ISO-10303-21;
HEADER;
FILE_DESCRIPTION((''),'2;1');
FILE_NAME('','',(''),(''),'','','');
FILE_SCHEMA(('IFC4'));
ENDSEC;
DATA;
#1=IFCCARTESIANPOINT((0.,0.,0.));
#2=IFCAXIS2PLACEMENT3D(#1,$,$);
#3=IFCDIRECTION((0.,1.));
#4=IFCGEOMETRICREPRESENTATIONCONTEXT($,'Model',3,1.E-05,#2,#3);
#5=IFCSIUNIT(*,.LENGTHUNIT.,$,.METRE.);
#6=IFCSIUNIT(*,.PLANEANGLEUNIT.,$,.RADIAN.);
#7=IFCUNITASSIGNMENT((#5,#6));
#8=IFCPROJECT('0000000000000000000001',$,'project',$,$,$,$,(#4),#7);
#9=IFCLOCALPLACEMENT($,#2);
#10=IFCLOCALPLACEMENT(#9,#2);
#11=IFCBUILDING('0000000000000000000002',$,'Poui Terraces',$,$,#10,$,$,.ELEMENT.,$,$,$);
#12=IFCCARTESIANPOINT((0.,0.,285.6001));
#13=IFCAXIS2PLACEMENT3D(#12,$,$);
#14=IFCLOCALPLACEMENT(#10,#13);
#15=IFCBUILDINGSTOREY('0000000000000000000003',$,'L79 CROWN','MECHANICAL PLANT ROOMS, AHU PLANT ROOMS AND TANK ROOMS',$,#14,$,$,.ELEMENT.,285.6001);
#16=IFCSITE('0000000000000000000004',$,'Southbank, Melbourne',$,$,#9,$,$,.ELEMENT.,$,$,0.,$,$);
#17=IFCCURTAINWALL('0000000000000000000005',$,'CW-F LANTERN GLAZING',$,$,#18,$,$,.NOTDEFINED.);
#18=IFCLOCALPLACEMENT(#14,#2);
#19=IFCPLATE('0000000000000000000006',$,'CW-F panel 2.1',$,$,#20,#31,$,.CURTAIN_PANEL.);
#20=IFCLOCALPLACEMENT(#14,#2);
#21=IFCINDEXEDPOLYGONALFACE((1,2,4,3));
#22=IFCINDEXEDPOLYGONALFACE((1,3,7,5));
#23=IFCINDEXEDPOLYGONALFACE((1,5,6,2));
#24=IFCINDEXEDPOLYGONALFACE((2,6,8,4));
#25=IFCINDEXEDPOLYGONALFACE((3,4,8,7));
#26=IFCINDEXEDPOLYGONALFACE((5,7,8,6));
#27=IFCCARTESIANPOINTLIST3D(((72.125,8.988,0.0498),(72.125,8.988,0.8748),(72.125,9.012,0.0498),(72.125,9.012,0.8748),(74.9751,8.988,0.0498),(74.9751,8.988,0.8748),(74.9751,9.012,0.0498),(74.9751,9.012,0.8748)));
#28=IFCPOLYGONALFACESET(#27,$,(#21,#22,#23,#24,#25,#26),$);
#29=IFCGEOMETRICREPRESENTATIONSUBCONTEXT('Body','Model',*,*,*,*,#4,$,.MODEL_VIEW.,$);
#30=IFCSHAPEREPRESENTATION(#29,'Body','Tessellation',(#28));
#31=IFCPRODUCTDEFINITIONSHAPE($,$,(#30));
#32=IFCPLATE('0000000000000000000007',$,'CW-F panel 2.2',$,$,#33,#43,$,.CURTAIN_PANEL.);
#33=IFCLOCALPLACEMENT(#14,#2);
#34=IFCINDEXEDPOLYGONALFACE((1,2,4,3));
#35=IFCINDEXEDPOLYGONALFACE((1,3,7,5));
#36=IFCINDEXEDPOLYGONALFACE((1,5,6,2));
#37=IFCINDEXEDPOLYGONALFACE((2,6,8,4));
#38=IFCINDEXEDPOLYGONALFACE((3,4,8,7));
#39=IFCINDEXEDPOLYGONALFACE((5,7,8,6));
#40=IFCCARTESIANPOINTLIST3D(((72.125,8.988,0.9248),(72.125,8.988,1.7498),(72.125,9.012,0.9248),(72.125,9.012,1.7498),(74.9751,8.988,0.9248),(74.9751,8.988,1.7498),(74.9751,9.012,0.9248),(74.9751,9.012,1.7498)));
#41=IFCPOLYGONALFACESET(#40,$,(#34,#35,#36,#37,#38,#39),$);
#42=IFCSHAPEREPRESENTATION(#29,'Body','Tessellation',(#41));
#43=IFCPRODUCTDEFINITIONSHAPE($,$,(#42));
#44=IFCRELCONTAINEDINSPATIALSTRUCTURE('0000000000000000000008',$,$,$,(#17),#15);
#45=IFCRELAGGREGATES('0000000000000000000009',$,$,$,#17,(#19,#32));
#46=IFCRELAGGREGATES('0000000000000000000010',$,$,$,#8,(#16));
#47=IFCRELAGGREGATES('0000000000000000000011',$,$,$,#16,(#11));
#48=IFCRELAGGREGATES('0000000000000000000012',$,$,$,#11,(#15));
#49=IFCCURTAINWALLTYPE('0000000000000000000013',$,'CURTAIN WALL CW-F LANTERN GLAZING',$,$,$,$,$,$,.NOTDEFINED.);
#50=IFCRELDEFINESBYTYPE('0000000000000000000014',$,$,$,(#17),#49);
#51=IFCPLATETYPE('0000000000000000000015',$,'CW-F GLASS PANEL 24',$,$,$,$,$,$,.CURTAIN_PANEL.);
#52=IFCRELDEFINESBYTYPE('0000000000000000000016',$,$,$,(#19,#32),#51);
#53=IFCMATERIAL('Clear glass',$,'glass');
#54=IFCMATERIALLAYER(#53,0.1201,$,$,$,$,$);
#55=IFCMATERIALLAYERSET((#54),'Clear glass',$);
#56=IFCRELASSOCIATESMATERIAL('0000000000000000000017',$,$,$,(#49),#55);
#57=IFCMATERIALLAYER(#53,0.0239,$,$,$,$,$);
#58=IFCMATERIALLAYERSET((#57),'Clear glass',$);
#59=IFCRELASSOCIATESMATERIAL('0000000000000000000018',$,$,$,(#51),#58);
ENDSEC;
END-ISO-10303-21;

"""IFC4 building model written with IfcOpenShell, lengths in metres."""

from ifc_helpers import new_model, si_unit, direction, frame, origin, origin_2d, place, context, subcontext, project, spatial, rectangle, extrude, material, layer, layer_set, type_object, element, aggregate, save


model = new_model("IFC4")

# Units and contexts
model_context = context("Model", 3, precision=1e-05, world=origin(), true_north=direction((0.0, 1.0)))
body_context = subcontext(model_context, "Body", "Model", "MODEL_VIEW")
ifc_project = project(units=[si_unit("LENGTHUNIT", "METRE"), si_unit("PLANEANGLEUNIT", "RADIAN")], contexts=[model_context])

# Site, building, storey
site_placement = place(None, origin())
site = spatial("IfcSite", under=ifc_project, at=site_placement, Name="Southbank, Melbourne", CompositionType="ELEMENT", RefElevation=0.0)
building_placement = place(site_placement, origin())
building = spatial("IfcBuilding", under=site, at=building_placement, Name="Poui Terraces", CompositionType="ELEMENT")
storey_placement = place(building_placement, frame((0.0, 0.0, 285.6001)))
storey = spatial("IfcBuildingStorey", under=building, at=storey_placement, Name="L79 CROWN", Description="MECHANICAL PLANT ROOMS, AHU PLANT ROOMS AND TANK ROOMS", CompositionType="ELEMENT", Elevation=285.6001)

# Shared definitions
ifc_material_1 = material(Name="Clear glass", Category="glass")
ifc_layer_1 = layer(ifc_material_1, 0.1201)
ifc_layer_set_1 = layer_set([ifc_layer_1], Name="Clear glass")
curtain_wall_type = type_object("IfcCurtainWallType", Name="CURTAIN WALL CW-F LANTERN GLAZING", PredefinedType="NOTDEFINED", material=ifc_layer_set_1)

# Curtain wall
curtain_wall_1_placement = place(storey_placement, origin())
curtain_wall_1 = element("IfcCurtainWall", 1, at=curtain_wall_1_placement, inside=storey, type_object=curtain_wall_type, Name="CW-F LANTERN GLAZING", PredefinedType="NOTDEFINED")

# Plates
ifc_layer_2 = layer(ifc_material_1, 0.0239)
ifc_layer_set_2 = layer_set([ifc_layer_2], Name="Clear glass")
plate_type = type_object("IfcPlateType", Name="CW-F GLASS PANEL 24", PredefinedType="CURTAIN_PANEL", material=ifc_layer_set_2)
plate_1_placement = place(storey_placement, frame((73.55, 9.0, 0.0498), z_axis=(0.0, 0.0, 1.0), x_axis=(-1.0, 0.0, 0.0)))
plate_1 = element("IfcPlate", 2, at=plate_1_placement, type_object=plate_type, Name="CW-F panel 2.1", PredefinedType="CURTAIN_PANEL", context=body_context, shape_type="SweptSolid", body=[
    extrude(rectangle(XDim=2.8501, YDim=0.0239, at=origin_2d()), origin(), (0.0, 0.0, 1.0), 0.825),
])
plate_2_placement = place(storey_placement, frame((73.55, 9.0, 0.9248), z_axis=(0.0, 0.0, 1.0), x_axis=(-1.0, 0.0, 0.0)))
plate_2 = element("IfcPlate", 3, at=plate_2_placement, type_object=plate_type, Name="CW-F panel 2.2", PredefinedType="CURTAIN_PANEL", context=body_context, shape_type="SweptSolid", body=[
    extrude(rectangle(XDim=2.8501, YDim=0.0239, at=origin_2d()), origin(), (0.0, 0.0, 1.0), 0.825),
])
aggregate(curtain_wall_1, [plate_1, plate_2])

save(model, "model.ifc")
